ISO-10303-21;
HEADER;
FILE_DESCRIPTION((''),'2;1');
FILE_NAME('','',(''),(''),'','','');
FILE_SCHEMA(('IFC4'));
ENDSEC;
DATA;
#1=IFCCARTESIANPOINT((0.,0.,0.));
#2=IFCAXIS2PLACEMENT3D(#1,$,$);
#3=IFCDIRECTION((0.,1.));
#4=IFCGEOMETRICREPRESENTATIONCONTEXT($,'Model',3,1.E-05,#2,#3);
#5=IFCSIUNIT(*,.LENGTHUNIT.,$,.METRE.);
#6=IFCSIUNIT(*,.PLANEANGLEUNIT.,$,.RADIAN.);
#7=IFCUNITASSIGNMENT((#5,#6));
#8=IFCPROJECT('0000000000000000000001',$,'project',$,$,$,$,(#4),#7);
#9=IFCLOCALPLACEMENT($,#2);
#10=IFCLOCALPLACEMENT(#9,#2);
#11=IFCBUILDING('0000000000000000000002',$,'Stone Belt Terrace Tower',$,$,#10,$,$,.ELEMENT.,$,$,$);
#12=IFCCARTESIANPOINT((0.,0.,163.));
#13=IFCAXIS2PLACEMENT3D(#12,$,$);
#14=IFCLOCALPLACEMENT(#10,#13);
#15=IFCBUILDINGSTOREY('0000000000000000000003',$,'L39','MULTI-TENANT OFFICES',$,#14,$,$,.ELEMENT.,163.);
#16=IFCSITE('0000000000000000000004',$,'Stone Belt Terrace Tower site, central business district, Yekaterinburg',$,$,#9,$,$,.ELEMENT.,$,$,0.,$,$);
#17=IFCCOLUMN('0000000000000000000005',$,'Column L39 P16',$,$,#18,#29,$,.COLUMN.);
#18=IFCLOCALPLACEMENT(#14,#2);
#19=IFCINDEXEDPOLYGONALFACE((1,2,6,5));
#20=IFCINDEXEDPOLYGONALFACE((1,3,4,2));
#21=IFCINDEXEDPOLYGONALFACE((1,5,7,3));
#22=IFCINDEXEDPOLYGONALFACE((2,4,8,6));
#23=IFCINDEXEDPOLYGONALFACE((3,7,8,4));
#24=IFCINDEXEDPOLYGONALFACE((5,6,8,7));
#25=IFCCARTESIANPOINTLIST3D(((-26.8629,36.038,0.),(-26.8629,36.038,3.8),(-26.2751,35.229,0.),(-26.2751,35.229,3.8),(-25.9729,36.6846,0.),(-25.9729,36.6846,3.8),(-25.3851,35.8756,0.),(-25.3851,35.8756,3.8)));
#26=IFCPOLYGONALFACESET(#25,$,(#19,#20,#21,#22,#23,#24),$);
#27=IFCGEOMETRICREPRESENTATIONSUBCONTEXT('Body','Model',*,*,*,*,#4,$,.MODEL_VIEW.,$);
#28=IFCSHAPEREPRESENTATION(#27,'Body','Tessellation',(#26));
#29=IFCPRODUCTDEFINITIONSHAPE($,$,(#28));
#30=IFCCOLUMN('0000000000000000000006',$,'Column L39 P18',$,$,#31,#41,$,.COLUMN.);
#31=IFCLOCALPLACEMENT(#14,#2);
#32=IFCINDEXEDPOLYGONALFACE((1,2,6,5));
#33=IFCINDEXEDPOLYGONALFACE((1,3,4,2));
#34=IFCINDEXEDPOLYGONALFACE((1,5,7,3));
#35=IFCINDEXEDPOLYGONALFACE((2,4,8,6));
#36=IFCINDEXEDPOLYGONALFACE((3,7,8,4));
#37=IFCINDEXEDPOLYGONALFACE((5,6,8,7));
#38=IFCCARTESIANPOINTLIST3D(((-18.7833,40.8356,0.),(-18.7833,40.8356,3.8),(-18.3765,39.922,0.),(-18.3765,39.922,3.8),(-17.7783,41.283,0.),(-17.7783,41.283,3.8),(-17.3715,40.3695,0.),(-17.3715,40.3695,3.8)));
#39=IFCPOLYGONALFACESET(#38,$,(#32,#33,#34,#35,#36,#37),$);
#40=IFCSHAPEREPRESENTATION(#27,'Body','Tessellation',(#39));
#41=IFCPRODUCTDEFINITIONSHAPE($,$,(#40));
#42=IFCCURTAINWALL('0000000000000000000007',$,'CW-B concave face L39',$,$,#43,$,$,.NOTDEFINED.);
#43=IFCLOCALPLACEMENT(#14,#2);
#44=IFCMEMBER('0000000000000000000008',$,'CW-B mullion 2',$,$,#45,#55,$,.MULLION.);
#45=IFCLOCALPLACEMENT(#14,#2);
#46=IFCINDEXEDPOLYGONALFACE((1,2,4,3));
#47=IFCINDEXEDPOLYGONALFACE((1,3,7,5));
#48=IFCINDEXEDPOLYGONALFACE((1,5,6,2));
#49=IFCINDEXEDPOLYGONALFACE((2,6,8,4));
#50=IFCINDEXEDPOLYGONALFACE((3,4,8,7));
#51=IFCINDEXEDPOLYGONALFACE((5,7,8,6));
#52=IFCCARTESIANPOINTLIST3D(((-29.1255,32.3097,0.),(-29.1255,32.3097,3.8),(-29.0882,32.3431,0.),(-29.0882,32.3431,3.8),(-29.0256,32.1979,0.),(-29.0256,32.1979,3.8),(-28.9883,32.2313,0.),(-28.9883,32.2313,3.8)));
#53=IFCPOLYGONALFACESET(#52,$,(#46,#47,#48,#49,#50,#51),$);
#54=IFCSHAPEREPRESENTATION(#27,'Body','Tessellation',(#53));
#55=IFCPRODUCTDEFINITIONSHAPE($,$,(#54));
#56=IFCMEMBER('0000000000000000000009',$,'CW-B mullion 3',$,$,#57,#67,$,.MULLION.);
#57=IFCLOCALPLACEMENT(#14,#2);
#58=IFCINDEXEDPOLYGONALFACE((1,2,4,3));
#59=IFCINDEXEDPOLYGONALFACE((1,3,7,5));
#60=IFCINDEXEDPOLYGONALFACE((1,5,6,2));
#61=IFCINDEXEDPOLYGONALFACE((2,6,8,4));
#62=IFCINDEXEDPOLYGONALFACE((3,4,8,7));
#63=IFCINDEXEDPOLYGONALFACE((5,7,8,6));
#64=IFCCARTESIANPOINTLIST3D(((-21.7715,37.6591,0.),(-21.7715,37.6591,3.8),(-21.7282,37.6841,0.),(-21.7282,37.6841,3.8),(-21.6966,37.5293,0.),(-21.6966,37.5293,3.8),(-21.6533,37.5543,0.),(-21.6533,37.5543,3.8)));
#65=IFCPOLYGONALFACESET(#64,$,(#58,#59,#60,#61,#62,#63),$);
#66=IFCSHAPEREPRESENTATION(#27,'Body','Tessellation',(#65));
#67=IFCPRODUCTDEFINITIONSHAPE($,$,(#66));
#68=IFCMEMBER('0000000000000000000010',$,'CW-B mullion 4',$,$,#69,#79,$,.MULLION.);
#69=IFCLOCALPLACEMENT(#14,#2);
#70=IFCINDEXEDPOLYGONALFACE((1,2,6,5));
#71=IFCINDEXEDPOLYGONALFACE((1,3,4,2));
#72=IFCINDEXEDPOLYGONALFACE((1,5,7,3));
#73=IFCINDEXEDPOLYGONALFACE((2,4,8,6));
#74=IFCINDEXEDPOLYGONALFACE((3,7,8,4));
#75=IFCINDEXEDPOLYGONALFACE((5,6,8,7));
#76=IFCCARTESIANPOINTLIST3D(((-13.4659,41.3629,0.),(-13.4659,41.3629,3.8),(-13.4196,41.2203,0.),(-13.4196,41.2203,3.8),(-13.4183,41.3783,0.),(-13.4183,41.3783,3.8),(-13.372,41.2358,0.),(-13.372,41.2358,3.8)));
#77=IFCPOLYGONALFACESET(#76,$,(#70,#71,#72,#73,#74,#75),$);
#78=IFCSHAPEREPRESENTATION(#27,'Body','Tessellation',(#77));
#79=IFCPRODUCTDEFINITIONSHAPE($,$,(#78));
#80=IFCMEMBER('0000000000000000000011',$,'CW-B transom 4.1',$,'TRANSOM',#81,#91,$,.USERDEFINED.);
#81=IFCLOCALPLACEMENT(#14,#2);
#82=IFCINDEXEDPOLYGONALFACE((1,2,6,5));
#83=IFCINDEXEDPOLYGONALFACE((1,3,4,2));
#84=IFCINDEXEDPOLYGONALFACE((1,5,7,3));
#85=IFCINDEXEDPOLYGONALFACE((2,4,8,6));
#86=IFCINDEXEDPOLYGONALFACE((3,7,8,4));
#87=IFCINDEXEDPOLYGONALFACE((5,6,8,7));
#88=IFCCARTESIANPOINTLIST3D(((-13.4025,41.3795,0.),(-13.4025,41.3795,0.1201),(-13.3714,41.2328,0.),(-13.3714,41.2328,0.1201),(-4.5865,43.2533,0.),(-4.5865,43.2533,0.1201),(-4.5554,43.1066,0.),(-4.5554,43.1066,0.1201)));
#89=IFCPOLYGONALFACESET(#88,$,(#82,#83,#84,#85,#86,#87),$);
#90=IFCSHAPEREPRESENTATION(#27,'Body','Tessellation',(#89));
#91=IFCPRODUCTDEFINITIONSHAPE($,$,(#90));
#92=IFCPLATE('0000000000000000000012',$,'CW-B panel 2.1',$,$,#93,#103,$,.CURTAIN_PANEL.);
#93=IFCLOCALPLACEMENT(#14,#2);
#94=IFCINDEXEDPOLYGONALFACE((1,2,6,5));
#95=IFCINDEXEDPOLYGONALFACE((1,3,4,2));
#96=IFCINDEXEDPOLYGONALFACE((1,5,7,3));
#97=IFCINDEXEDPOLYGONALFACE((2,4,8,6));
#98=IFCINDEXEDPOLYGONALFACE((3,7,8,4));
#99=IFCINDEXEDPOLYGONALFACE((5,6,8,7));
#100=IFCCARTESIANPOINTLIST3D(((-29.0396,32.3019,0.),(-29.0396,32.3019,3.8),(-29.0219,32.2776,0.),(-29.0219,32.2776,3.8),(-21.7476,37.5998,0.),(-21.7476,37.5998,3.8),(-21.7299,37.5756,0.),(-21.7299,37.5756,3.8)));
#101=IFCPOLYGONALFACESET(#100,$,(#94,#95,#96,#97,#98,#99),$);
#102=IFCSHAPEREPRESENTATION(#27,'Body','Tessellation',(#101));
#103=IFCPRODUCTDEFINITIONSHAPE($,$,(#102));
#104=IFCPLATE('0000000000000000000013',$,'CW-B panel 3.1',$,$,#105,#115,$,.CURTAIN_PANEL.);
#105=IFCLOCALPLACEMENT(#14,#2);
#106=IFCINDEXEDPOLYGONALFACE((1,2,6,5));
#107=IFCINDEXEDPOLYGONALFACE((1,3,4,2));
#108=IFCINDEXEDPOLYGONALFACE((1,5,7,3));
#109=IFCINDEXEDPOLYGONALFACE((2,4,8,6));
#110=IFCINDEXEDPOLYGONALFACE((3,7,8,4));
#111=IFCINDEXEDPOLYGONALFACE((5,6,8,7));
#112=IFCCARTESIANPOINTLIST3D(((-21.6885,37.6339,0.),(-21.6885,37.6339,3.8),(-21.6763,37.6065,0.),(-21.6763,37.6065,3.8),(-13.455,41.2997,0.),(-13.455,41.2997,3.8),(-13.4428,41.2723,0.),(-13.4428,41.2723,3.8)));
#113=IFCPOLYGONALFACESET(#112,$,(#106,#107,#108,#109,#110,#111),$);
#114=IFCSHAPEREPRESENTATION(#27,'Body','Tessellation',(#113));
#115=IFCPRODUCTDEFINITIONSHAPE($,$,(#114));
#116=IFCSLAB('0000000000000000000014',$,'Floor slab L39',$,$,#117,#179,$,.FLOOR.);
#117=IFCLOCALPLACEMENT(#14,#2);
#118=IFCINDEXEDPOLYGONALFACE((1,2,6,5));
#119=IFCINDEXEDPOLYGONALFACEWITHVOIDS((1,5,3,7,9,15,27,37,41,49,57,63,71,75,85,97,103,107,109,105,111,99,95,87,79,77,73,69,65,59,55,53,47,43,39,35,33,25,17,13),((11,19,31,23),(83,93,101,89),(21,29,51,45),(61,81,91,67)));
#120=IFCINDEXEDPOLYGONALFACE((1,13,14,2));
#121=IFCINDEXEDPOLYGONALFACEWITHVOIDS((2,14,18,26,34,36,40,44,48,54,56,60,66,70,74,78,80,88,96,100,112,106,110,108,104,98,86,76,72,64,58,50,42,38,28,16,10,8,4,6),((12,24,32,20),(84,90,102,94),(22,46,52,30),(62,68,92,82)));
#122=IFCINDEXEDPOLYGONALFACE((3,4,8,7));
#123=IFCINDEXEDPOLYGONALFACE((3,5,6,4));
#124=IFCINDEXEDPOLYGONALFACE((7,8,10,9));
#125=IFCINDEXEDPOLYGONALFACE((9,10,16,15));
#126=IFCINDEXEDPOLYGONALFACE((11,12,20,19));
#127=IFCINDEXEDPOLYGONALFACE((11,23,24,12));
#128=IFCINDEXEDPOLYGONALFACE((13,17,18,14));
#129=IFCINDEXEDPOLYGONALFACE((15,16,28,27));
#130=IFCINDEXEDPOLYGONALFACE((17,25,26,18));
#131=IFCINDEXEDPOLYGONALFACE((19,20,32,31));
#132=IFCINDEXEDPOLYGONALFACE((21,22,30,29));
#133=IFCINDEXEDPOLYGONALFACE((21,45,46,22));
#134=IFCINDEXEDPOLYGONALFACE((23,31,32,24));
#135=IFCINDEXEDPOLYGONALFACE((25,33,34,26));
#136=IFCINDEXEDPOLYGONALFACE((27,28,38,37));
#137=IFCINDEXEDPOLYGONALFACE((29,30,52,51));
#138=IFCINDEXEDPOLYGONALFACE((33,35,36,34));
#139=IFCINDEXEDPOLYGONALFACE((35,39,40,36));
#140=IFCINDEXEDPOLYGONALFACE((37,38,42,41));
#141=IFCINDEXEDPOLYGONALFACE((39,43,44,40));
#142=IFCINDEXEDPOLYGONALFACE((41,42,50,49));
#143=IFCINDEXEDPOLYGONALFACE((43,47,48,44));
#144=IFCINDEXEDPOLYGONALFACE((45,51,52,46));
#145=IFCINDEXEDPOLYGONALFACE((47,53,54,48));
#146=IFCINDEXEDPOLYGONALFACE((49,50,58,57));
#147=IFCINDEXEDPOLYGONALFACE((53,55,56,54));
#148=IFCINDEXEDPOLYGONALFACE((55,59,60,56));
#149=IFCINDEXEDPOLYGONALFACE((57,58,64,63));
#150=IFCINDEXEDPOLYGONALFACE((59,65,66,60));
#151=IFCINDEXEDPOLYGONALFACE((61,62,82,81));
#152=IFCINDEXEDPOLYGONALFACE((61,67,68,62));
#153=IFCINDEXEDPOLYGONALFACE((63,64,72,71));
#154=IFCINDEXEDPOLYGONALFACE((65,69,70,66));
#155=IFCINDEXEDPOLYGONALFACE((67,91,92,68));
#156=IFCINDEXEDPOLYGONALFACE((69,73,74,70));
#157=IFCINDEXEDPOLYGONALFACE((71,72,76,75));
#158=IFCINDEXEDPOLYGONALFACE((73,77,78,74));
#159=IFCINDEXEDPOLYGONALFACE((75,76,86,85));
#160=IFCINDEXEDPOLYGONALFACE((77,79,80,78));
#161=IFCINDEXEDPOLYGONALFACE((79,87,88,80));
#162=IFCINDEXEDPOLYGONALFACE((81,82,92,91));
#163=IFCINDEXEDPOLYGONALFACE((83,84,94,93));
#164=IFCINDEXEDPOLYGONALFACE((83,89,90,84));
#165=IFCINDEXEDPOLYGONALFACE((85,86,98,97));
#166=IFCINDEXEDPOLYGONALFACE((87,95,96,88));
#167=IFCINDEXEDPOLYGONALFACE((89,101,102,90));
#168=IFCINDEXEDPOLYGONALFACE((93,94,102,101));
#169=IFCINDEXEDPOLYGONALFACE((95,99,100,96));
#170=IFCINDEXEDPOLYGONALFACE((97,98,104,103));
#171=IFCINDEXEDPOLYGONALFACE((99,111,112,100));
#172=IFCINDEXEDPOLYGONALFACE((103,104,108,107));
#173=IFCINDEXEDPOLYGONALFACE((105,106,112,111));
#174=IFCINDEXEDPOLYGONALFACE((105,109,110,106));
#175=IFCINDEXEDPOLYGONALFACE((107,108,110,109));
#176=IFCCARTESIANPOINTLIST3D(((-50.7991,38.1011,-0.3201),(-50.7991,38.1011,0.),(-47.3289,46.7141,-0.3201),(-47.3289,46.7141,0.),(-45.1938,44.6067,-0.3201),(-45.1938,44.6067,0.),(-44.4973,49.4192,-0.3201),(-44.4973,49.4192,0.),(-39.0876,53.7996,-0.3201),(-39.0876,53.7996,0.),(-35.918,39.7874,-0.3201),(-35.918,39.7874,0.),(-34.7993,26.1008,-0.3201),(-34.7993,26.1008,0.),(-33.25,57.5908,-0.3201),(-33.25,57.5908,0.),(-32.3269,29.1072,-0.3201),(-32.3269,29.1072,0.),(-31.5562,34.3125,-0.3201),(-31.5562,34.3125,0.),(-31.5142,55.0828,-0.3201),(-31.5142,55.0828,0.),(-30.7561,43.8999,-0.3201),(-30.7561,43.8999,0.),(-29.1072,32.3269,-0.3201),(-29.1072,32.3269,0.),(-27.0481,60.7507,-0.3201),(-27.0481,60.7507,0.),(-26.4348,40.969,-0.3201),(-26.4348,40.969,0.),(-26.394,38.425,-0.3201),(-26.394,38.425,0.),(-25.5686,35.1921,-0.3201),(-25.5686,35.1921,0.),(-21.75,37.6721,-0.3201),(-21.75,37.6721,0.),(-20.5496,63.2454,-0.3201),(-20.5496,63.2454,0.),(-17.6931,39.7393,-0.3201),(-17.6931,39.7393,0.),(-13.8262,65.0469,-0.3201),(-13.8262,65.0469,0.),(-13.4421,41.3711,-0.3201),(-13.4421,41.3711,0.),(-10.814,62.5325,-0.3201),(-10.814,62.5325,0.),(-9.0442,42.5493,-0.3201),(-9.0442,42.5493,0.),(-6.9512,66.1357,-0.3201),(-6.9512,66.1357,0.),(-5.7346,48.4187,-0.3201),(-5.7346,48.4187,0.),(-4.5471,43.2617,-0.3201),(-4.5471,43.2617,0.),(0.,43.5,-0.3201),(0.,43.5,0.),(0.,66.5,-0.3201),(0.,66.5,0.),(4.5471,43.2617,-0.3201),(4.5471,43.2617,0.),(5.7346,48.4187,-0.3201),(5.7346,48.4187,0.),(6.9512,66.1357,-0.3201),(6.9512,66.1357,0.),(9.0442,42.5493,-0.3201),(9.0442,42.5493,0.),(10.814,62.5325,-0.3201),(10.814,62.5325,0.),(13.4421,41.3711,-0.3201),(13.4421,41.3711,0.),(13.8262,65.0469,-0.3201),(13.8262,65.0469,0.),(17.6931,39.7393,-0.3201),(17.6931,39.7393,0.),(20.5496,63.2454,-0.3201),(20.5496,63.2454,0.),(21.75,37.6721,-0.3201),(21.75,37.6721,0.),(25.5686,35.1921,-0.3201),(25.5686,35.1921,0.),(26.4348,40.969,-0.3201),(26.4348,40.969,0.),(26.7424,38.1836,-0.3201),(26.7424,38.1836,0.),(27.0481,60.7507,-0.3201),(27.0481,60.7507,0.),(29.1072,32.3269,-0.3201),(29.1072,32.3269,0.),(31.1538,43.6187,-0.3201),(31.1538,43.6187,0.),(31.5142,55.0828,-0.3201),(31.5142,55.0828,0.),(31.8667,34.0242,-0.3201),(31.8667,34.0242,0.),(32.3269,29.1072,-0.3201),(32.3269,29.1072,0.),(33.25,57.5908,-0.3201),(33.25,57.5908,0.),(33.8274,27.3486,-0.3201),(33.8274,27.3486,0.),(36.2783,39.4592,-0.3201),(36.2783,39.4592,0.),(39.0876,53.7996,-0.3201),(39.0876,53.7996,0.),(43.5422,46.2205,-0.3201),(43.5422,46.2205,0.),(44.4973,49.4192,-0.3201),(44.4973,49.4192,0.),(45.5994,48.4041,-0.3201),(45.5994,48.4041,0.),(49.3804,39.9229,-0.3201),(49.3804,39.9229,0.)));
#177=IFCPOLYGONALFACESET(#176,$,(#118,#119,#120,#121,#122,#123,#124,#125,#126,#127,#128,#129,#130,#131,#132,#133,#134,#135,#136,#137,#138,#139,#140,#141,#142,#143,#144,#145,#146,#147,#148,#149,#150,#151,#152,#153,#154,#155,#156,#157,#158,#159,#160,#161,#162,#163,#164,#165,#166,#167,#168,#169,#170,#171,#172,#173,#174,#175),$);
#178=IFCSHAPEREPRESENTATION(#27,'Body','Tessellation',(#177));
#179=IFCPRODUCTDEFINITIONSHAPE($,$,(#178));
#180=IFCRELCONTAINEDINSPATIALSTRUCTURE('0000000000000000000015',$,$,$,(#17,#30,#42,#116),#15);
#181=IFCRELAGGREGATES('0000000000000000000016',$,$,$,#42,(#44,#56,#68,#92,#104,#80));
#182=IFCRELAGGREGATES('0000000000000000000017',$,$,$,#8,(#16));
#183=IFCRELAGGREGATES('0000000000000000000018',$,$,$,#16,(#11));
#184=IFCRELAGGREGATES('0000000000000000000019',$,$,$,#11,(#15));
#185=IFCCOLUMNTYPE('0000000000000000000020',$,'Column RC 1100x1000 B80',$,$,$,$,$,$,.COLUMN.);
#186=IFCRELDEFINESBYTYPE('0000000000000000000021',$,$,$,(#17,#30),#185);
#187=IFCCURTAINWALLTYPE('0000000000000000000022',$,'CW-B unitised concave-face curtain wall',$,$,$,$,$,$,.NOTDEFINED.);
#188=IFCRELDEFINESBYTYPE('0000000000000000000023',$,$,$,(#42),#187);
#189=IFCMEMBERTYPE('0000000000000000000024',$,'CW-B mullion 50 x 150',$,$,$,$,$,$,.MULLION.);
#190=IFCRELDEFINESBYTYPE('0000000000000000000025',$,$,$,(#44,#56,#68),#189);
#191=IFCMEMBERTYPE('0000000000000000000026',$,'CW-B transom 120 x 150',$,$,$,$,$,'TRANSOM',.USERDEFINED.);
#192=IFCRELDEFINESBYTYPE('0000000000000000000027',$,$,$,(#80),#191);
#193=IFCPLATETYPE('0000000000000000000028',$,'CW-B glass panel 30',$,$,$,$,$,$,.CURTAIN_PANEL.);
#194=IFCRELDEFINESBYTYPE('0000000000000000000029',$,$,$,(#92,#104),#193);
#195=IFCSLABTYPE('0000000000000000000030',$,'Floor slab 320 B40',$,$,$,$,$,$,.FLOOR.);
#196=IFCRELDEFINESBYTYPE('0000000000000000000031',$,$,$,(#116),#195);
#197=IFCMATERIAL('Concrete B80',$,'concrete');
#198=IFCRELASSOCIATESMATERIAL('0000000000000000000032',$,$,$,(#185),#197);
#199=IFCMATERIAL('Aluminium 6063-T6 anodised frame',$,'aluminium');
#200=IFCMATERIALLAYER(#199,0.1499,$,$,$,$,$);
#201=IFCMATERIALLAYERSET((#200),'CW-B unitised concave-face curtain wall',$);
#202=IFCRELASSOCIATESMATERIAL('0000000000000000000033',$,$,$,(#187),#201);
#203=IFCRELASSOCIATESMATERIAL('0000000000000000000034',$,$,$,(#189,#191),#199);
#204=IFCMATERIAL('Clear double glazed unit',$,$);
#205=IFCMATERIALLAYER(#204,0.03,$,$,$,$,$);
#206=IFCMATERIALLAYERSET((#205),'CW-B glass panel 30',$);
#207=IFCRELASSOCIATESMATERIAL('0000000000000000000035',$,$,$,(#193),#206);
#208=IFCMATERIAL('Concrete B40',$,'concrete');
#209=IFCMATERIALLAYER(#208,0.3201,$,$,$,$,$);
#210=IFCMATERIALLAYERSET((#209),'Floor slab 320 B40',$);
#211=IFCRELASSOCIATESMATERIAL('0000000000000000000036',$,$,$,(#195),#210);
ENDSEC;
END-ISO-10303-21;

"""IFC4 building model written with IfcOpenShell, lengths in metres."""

from ifc_helpers import new_model, si_unit, direction, frame, origin, origin_2d, place, context, subcontext, project, spatial, polyline, rectangle, outline, extrude, material, layer, layer_set, material_profile, profile_set, type_object, element, aggregate, save


model = new_model("IFC4")

# Units and contexts
model_context = context("Model", 3, precision=1e-05, world=origin(), true_north=direction((0.0, 1.0)))
body_context = subcontext(model_context, "Body", "Model", "MODEL_VIEW")
ifc_project = project(units=[si_unit("LENGTHUNIT", "METRE"), si_unit("PLANEANGLEUNIT", "RADIAN")], contexts=[model_context])

# Site, building, storey
site_placement = place(None, origin())
site = spatial("IfcSite", under=ifc_project, at=site_placement, Name="Stone Belt Terrace Tower site, central business district, Yekaterinburg", CompositionType="ELEMENT", RefElevation=0.0)
building_placement = place(site_placement, origin())
building = spatial("IfcBuilding", under=site, at=building_placement, Name="Stone Belt Terrace Tower", CompositionType="ELEMENT")
storey_placement = place(building_placement, frame((0.0, 0.0, 163.0)))
storey = spatial("IfcBuildingStorey", under=building, at=storey_placement, Name="L39", Description="MULTI-TENANT OFFICES", CompositionType="ELEMENT", Elevation=163.0)

# Columns
ifc_material_1 = material(Name="Concrete B80", Category="concrete")
ifc_material_profile_1 = material_profile(ifc_material_1, rectangle(XDim=1.1001, YDim=1.0, at=origin_2d()), Name="RC 1100x1000")
ifc_profile_set_1 = profile_set([ifc_material_profile_1], Name="Concrete B80")
column_type = type_object("IfcColumnType", Name="Column RC 1100x1000 B80", PredefinedType="COLUMN", material=ifc_profile_set_1)
for number, where, z_axis, x_axis, name in (
    (1, (-26.124, 35.9568, 0.0), (0.0, 0.0, 1.0), (0.809017, 0.587785, 0.0), "Column L39 P16"),
    (2, (-18.0774, 40.6025, 0.0), (0.0, 0.0, 1.0), (0.913545, 0.406737, 0.0), "Column L39 P18"),
):
    element("IfcColumn", number, at=place(storey_placement, frame(where, z_axis=z_axis, x_axis=x_axis)), inside=storey, type_object=column_type, Name=name, PredefinedType="COLUMN", context=body_context, shape_type="SweptSolid", body=[
        extrude(rectangle(XDim=1.1001, YDim=1.0, at=origin_2d()), origin(), (0.0, 0.0, 1.0), 3.8),
    ])

# Curtain wall, members, plates
ifc_material_2 = material(Name="Aluminium 6063-T6 anodised frame", Category="aluminium")
ifc_layer_1 = layer(ifc_material_2, 0.1499)
ifc_layer_set_1 = layer_set([ifc_layer_1], Name="CW-B unitised concave-face curtain wall")
curtain_wall_type = type_object("IfcCurtainWallType", Name="CW-B unitised concave-face curtain wall", PredefinedType="NOTDEFINED", material=ifc_layer_set_1)
curtain_wall_placement = place(storey_placement, origin())
curtain_wall = element("IfcCurtainWall", 3, at=curtain_wall_placement, inside=storey, type_object=curtain_wall_type, Name="CW-B concave face L39", PredefinedType="NOTDEFINED")
ifc_material_profile_2 = material_profile(ifc_material_2, rectangle(XDim=0.1499, YDim=0.05, at=origin_2d()), Name="Aluminium 6063-T6 50x150")
ifc_profile_set_2 = profile_set([ifc_material_profile_2], Name="Aluminium 6063-T6 anodised frame")
member_type_1 = type_object("IfcMemberType", Name="CW-B mullion 50 x 150", PredefinedType="MULLION", material=ifc_profile_set_2)
member_1_placement = place(storey_placement, frame((-29.0569, 32.2705, 0.0), z_axis=(0.0, 0.0, 1.0), x_axis=(-0.666301, 0.745683, 0.0)))
member_1 = element("IfcMember", 4, at=member_1_placement, type_object=member_type_1, Name="CW-B mullion 2", PredefinedType="MULLION", context=body_context, shape_type="SweptSolid", body=[
    extrude(rectangle(XDim=0.1499, YDim=0.05, at=origin_2d()), origin(), (0.0, 0.0, 1.0), 3.8),
])
member_2_placement = place(storey_placement, frame((-21.7124, 37.6067, 0.0), z_axis=(0.0, 0.0, 1.0), x_axis=(-0.5, 0.866025, 0.0)))
member_2 = element("IfcMember", 5, at=member_2_placement, type_object=member_type_1, Name="CW-B mullion 3", PredefinedType="MULLION", context=body_context, shape_type="SweptSolid", body=[
    extrude(rectangle(XDim=0.1499, YDim=0.05, at=origin_2d()), origin(), (0.0, 0.0, 1.0), 3.8),
])
member_3_placement = place(storey_placement, frame((-13.4189, 41.2993, 0.0), z_axis=(0.0, 0.0, 1.0), x_axis=(-0.309017, 0.951057, 0.0)))
member_3 = element("IfcMember", 6, at=member_3_placement, type_object=member_type_1, Name="CW-B mullion 4", PredefinedType="MULLION", context=body_context, shape_type="SweptSolid", body=[
    extrude(rectangle(XDim=0.1499, YDim=0.05, at=origin_2d()), origin(), (0.0, 0.0, 1.0), 3.8),
])
ifc_material_profile_3 = material_profile(ifc_material_2, rectangle(XDim=0.1499, YDim=0.1201, at=origin_2d()), Name="Aluminium 6063-T6 150x120")
ifc_profile_set_3 = profile_set([ifc_material_profile_3], Name="Aluminium 6063-T6 anodised frame")
member_type_2 = type_object("IfcMemberType", Name="CW-B transom 120 x 150", ElementType="TRANSOM", PredefinedType="USERDEFINED", material=ifc_profile_set_3)
member_4_placement = place(storey_placement, frame((-13.387, 41.3062, 0.0601), z_axis=(0.97815, 0.207901, 0.0), x_axis=(-0.207901, 0.97815, 0.0)))
member_4 = element("IfcMember", 7, at=member_4_placement, type_object=member_type_2, Name="CW-B transom 4.1", ObjectType="TRANSOM", PredefinedType="USERDEFINED", context=body_context, shape_type="SweptSolid", body=[
    extrude(rectangle(XDim=0.1499, YDim=0.1201, at=origin_2d()), origin(), (0.0, 0.0, 1.0), 9.0129),
])
ifc_material_3 = material(Name="Clear double glazed unit")
ifc_layer_2 = layer(ifc_material_3, 0.03)
ifc_layer_set_2 = layer_set([ifc_layer_2], Name="CW-B glass panel 30")
plate_type = type_object("IfcPlateType", Name="CW-B glass panel 30", PredefinedType="CURTAIN_PANEL", material=ifc_layer_set_2)
plate_1_placement = place(storey_placement, frame((-25.3848, 34.9387, 0.0), z_axis=(0.0, 0.0, 1.0), x_axis=(0.809017, 0.587785, 0.0)))
plate_1 = element("IfcPlate", 8, at=plate_1_placement, type_object=plate_type, Name="CW-B panel 2.1", PredefinedType="CURTAIN_PANEL", context=body_context, shape_type="SweptSolid", body=[
    extrude(rectangle(XDim=9.0134, YDim=0.03, at=origin_2d()), origin(), (0.0, 0.0, 1.0), 3.8),
])
plate_2_placement = place(storey_placement, frame((-17.5657, 39.4531, 0.0), z_axis=(0.0, 0.0, 1.0), x_axis=(0.913545, 0.406737, 0.0)))
plate_2 = element("IfcPlate", 9, at=plate_2_placement, type_object=plate_type, Name="CW-B panel 3.1", PredefinedType="CURTAIN_PANEL", context=body_context, shape_type="SweptSolid", body=[
    extrude(rectangle(XDim=9.0127, YDim=0.03, at=origin_2d()), origin(), (0.0, 0.0, 1.0), 3.8),
])
aggregate(curtain_wall, [member_1, member_2, member_3, plate_1, plate_2, member_4])

# Slab
ifc_material_4 = material(Name="Concrete B40", Category="concrete")
ifc_layer_3 = layer(ifc_material_4, 0.3201)
ifc_layer_set_3 = layer_set([ifc_layer_3], Name="Floor slab 320 B40")
slab_type = type_object("IfcSlabType", Name="Floor slab 320 B40", PredefinedType="FLOOR", material=ifc_layer_set_3)
slab_placement = place(storey_placement, frame((0.0, 0.0, -0.3201)))
element("IfcSlab", 10, at=slab_placement, inside=storey, type_object=slab_type, Name="Floor slab L39", PredefinedType="FLOOR", context=body_context, shape_type="SweptSolid", body=[
    extrude(outline(polyline([(-44.4973, 49.4192), (-39.0876, 53.7996), (-33.25, 57.5908), (-27.0481, 60.7507), (-20.5496, 63.2454), (-13.8262, 65.0469), (-6.9512, 66.1357), (0.0, 66.5), (6.9512, 66.1357), (13.8262, 65.0469), (20.5496, 63.2454), (27.0481, 60.7507), (33.25, 57.5908), (39.0876, 53.7996), (44.4973, 49.4192), (45.5994, 48.4041), (43.5422, 46.2205), (49.3804, 39.9229), (33.8274, 27.3486), (32.3269, 29.1072), (29.1072, 32.3269), (25.5686, 35.1921), (21.75, 37.6721), (17.6931, 39.7393), (13.4421, 41.3711), (9.0442, 42.5493), (4.5471, 43.2617), (0.0, 43.5), (-4.5471, 43.2617), (-9.0442, 42.5493), (-13.4421, 41.3711), (-17.6931, 39.7393), (-21.75, 37.6721), (-25.5686, 35.1921), (-29.1072, 32.3269), (-32.3269, 29.1072), (-34.7993, 26.1008), (-50.7991, 38.1011), (-45.1938, 44.6067), (-47.3289, 46.7141), (-44.4973, 49.4192)]), holes=[polyline([(-26.4348, 40.969), (-5.7346, 48.4187), (-10.814, 62.5325), (-31.5142, 55.0828), (-26.4348, 40.969)]), polyline([(10.814, 62.5325), (5.7346, 48.4187), (26.4348, 40.969), (31.5142, 55.0828), (10.814, 62.5325)]), polyline([(-35.918, 39.7874), (-31.5562, 34.3125), (-26.394, 38.425), (-30.7561, 43.8999), (-35.918, 39.7874)]), polyline([(36.2783, 39.4592), (31.1538, 43.6187), (26.7424, 38.1836), (31.8667, 34.0242), (36.2783, 39.4592)])]), origin(), (0.0, 0.0, 1.0), 0.3201),
])

save(model, "model.ifc")
